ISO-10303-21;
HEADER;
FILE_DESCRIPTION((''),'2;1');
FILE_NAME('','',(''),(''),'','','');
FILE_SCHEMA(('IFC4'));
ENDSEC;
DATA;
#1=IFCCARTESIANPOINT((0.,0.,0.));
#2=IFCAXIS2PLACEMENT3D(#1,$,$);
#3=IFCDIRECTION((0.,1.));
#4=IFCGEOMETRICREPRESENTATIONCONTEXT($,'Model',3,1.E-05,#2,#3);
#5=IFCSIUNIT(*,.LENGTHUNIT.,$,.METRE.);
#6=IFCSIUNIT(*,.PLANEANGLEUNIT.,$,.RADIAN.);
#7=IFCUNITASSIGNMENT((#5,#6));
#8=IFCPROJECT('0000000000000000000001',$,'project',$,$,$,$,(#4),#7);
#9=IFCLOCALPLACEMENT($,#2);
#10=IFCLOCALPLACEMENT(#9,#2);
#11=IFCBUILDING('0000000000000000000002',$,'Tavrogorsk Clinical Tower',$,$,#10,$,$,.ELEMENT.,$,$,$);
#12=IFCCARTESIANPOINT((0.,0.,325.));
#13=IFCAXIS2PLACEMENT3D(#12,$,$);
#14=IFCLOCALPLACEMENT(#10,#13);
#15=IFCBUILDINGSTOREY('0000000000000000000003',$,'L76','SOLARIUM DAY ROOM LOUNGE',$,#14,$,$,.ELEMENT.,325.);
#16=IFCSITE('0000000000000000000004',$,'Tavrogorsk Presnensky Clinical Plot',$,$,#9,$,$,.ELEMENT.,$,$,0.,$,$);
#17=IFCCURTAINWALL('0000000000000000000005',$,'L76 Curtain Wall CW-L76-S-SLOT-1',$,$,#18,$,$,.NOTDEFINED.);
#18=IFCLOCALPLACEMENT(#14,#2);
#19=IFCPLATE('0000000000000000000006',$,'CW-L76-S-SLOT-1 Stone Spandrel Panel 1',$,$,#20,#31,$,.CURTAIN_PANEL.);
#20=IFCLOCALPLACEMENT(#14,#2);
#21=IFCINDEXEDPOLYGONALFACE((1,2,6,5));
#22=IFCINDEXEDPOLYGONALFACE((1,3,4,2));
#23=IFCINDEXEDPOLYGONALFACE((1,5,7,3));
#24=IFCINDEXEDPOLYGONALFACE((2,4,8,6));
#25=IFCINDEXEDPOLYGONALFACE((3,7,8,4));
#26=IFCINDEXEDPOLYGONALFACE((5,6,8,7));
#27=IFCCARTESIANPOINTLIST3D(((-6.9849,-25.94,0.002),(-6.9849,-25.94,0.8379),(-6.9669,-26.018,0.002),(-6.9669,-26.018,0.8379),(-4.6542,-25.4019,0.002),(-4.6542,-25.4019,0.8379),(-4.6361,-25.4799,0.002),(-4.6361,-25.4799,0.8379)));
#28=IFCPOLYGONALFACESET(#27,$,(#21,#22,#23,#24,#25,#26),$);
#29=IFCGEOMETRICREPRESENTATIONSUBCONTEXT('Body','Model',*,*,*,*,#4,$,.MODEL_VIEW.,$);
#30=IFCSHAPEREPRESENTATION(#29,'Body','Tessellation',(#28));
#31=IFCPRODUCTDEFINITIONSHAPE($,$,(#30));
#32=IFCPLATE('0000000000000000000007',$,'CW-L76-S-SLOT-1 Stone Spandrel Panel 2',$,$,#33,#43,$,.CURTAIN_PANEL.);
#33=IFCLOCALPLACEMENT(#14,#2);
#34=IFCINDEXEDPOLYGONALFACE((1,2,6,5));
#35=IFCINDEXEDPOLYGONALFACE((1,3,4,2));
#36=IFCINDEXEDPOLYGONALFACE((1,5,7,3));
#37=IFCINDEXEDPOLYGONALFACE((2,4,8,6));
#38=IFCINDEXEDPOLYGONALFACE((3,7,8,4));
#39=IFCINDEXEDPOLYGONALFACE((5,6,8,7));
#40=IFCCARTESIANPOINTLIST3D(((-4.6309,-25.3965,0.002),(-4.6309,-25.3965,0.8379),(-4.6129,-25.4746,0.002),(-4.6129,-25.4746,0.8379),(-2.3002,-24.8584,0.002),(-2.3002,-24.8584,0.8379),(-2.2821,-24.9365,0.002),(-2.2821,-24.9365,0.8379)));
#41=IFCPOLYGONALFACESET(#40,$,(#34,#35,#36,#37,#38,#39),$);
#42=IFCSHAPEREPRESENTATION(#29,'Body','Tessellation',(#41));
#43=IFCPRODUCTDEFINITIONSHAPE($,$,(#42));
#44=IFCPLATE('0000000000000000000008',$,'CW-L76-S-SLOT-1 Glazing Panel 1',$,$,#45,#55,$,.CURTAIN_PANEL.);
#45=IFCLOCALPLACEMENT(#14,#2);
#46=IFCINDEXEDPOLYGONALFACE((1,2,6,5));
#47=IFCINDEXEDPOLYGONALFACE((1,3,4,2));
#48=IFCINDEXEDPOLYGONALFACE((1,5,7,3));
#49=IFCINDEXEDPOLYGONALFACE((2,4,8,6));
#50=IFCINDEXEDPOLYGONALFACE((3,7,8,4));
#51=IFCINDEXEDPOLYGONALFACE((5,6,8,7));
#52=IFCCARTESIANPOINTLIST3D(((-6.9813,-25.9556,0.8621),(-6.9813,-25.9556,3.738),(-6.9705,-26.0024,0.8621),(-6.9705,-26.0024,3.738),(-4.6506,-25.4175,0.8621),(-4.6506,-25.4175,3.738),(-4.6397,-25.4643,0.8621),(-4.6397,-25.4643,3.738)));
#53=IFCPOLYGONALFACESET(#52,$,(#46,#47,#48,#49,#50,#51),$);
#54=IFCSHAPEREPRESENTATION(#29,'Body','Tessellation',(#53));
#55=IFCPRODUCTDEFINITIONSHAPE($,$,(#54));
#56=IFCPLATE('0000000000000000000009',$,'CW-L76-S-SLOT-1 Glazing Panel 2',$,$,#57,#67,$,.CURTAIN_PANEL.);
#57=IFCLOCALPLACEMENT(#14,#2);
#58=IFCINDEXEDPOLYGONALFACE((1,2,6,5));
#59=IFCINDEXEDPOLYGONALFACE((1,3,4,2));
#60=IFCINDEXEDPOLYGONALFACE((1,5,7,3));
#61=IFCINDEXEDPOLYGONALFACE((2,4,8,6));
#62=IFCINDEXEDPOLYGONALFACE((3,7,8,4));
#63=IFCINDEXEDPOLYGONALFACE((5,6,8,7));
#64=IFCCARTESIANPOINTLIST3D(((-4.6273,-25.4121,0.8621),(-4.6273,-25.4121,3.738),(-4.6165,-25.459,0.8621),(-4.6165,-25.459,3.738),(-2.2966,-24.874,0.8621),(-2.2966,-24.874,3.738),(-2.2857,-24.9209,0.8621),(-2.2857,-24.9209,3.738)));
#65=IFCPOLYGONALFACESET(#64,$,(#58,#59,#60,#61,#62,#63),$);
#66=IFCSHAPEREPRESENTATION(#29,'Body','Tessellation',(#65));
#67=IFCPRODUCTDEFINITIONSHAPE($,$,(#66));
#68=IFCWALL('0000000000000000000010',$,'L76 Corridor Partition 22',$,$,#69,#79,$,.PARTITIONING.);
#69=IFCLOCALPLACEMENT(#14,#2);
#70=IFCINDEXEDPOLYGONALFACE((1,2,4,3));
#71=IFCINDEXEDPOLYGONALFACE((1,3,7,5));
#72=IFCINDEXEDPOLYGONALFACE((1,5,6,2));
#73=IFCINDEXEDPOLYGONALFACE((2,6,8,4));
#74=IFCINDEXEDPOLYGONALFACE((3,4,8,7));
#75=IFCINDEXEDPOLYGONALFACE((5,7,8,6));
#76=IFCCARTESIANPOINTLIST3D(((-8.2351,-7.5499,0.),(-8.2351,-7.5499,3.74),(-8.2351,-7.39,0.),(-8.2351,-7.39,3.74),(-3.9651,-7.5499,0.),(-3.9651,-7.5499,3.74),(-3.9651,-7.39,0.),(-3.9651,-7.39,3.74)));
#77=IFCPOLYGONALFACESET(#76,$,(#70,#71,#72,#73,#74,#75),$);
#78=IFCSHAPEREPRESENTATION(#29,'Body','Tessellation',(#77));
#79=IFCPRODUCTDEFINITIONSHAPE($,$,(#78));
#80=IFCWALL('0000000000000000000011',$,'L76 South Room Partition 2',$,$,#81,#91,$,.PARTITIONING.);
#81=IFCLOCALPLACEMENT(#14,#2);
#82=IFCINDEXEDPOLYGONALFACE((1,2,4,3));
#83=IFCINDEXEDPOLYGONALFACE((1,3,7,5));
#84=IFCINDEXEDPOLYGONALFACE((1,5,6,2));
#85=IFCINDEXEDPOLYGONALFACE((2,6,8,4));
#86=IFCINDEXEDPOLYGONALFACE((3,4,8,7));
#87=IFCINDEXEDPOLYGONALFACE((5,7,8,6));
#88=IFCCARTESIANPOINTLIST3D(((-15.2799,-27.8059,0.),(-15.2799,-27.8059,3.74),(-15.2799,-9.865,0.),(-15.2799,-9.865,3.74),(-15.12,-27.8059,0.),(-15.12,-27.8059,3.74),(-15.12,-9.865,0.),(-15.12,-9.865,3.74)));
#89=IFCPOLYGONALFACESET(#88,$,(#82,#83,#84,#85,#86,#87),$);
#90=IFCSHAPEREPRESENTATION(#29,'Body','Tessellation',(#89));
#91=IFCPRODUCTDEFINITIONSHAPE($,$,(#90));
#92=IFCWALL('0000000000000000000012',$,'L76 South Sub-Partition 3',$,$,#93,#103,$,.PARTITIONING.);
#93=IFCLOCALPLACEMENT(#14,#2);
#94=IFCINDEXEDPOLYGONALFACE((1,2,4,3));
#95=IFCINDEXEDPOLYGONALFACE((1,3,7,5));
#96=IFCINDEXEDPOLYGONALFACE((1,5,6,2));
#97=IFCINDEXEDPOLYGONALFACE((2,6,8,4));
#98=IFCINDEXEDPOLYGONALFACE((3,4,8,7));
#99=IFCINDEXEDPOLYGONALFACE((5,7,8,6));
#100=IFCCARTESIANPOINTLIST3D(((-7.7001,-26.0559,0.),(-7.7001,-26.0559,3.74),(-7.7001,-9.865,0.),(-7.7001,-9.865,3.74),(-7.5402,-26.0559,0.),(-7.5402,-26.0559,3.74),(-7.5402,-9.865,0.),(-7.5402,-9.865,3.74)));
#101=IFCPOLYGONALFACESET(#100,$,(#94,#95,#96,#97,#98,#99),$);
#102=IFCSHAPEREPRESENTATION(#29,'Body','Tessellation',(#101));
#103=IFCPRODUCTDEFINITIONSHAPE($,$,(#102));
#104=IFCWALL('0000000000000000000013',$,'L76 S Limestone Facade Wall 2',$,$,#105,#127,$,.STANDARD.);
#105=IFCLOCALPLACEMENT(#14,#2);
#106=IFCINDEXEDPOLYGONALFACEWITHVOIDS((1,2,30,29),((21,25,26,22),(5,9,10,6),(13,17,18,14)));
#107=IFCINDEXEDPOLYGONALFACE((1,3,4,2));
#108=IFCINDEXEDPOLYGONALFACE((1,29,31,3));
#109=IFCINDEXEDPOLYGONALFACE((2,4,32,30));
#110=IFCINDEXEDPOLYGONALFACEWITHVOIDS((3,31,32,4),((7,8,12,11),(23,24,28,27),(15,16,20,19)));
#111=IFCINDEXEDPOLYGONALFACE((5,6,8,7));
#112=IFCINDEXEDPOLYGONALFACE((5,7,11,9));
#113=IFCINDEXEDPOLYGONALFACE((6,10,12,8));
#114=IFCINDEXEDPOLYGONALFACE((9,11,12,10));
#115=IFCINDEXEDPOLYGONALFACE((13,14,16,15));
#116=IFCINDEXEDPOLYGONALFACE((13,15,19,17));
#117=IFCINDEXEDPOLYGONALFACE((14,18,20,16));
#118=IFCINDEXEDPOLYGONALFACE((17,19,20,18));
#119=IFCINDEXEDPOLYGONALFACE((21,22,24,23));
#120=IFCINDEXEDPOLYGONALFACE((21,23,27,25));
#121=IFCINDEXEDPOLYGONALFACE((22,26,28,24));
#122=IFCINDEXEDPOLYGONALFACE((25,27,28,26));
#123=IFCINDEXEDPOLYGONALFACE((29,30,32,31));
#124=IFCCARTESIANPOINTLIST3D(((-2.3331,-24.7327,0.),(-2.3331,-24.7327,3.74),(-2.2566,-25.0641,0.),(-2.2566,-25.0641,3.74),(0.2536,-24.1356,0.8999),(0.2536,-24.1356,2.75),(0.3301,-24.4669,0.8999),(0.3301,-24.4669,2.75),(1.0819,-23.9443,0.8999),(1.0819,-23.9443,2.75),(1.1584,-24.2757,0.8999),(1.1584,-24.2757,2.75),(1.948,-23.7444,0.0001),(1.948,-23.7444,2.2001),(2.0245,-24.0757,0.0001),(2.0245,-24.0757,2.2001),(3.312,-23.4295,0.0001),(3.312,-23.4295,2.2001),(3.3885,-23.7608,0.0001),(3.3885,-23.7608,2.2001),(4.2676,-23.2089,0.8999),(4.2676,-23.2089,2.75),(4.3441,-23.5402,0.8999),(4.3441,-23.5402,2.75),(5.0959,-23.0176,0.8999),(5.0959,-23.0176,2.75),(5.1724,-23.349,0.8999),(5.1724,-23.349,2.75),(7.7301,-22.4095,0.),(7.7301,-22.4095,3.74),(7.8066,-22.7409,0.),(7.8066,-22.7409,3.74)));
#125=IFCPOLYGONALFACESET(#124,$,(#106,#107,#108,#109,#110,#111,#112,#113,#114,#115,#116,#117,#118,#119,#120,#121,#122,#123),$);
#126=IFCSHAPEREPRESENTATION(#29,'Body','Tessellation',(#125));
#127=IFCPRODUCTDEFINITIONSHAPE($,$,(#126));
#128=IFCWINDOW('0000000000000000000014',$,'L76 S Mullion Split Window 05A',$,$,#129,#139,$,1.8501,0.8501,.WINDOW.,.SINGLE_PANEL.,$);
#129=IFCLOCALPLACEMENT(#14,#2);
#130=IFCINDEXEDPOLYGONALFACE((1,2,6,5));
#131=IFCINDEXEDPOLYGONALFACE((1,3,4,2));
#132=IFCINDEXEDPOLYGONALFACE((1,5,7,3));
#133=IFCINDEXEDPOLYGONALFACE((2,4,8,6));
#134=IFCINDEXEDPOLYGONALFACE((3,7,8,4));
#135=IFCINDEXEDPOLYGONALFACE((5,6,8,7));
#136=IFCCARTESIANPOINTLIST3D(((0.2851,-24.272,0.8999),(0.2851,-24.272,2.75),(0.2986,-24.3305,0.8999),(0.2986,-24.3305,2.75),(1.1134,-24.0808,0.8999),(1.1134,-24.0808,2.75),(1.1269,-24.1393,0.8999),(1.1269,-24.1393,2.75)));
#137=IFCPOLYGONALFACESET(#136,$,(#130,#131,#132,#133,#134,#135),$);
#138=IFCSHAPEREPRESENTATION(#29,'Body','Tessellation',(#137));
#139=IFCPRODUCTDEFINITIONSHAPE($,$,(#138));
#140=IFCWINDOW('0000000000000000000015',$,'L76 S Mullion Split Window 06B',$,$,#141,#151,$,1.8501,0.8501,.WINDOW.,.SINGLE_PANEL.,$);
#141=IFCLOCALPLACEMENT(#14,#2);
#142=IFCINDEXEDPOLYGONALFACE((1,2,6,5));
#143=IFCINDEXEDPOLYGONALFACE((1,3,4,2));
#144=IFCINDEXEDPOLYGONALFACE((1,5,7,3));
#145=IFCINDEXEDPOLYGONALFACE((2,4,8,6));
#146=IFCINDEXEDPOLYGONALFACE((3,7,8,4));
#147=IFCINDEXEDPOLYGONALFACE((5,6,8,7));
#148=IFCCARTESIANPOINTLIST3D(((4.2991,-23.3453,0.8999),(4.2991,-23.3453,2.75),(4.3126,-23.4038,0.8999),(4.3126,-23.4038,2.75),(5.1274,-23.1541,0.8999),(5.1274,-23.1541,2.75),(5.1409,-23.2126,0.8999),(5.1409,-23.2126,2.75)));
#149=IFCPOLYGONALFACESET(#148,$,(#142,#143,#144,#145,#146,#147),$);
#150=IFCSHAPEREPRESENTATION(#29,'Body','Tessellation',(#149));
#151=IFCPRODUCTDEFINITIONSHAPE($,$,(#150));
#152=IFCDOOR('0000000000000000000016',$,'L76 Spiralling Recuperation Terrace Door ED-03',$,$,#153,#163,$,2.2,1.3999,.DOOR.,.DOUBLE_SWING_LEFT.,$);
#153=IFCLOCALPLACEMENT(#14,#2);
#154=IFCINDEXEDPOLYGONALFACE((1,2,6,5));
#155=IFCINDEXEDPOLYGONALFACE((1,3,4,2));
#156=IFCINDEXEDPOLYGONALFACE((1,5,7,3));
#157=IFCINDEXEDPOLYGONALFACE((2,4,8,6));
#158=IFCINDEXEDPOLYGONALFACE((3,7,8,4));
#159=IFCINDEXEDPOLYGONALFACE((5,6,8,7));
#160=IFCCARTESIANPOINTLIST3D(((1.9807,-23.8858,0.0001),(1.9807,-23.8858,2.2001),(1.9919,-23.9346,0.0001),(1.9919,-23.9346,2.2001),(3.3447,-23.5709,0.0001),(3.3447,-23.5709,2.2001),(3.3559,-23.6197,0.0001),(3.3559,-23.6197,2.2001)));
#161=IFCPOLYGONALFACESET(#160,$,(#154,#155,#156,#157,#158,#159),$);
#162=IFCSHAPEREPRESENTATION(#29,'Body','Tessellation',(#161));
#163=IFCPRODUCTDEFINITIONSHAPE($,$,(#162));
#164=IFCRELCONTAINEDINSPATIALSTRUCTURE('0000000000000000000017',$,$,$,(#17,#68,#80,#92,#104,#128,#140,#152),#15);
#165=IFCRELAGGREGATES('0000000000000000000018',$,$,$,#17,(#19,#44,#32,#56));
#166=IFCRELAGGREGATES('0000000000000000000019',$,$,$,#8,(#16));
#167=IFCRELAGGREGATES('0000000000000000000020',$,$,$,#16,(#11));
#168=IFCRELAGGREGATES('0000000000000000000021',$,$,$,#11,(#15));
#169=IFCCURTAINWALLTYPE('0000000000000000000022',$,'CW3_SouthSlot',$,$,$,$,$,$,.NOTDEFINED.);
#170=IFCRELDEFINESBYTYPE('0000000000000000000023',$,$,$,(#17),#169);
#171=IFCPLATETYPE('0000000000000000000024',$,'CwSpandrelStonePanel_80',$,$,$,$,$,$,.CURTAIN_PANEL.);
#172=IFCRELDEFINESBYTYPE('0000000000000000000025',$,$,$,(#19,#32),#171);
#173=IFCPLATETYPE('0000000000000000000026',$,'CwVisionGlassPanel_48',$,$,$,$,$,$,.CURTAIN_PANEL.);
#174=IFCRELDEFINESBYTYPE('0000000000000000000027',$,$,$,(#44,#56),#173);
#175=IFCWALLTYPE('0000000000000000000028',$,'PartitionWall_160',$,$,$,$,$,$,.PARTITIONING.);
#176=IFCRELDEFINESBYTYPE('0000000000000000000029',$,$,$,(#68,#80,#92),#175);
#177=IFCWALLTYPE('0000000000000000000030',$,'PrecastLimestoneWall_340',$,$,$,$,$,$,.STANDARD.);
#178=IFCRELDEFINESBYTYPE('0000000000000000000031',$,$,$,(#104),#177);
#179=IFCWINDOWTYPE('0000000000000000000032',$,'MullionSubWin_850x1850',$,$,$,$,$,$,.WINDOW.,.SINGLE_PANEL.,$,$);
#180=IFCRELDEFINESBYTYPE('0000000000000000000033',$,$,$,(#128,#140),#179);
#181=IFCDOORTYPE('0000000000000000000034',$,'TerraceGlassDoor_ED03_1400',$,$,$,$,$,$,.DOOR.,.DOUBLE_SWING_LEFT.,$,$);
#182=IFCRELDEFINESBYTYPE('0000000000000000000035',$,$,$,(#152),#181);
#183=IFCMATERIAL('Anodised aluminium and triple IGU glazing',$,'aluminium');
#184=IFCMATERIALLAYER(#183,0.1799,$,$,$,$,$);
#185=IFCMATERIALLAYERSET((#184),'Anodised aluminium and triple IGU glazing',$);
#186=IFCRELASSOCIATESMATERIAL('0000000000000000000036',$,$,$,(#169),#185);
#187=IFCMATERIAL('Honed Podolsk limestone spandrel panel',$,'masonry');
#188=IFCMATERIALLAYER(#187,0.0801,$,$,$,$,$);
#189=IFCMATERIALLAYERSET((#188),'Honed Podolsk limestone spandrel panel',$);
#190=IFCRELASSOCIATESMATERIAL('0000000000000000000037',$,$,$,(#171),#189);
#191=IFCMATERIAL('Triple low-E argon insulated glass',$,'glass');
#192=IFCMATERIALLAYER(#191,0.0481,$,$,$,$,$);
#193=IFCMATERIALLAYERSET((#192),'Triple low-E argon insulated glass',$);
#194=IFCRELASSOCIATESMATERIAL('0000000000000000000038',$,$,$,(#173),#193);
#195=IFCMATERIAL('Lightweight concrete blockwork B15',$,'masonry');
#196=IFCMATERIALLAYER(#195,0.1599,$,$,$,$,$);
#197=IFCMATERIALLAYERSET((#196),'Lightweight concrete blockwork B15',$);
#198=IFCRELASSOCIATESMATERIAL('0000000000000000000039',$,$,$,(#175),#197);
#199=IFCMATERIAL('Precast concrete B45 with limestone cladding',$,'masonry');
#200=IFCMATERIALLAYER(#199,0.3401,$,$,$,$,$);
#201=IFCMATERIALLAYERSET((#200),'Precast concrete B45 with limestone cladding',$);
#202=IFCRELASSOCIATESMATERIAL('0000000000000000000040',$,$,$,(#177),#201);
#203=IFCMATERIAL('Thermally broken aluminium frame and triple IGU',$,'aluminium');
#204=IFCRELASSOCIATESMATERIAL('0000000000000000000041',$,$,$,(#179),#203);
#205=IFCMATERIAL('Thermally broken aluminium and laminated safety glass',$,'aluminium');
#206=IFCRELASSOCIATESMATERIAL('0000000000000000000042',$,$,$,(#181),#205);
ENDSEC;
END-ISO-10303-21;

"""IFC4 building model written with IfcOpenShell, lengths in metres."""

from ifc_helpers import new_model, si_unit, direction, frame, frame_2d, origin, origin_2d, place, context, subcontext, project, spatial, rectangle, extrude, material, layer, layer_set, type_object, element, fill, aggregate, save


model = new_model("IFC4")

# Units and contexts
model_context = context("Model", 3, precision=1e-05, world=origin(), true_north=direction((0.0, 1.0)))
body_context = subcontext(model_context, "Body", "Model", "MODEL_VIEW")
ifc_project = project(units=[si_unit("LENGTHUNIT", "METRE"), si_unit("PLANEANGLEUNIT", "RADIAN")], contexts=[model_context])

# Site, building, storey
site_placement = place(None, origin())
site = spatial("IfcSite", under=ifc_project, at=site_placement, Name="Tavrogorsk Presnensky Clinical Plot", CompositionType="ELEMENT", RefElevation=0.0)
building_placement = place(site_placement, origin())
building = spatial("IfcBuilding", under=site, at=building_placement, Name="Tavrogorsk Clinical Tower", CompositionType="ELEMENT")
storey_placement = place(building_placement, frame((0.0, 0.0, 325.0)))
storey = spatial("IfcBuildingStorey", under=building, at=storey_placement, Name="L76", Description="SOLARIUM DAY ROOM LOUNGE", CompositionType="ELEMENT", Elevation=325.0)

# Curtain wall
ifc_material_1 = material(Name="Anodised aluminium and triple IGU glazing", Category="aluminium")
ifc_layer_1 = layer(ifc_material_1, 0.1799)
ifc_layer_set_1 = layer_set([ifc_layer_1], Name="Anodised aluminium and triple IGU glazing")
curtain_wall_type = type_object("IfcCurtainWallType", Name="CW3_SouthSlot", PredefinedType="NOTDEFINED", material=ifc_layer_set_1)
curtain_wall_placement = place(storey_placement, origin())
curtain_wall = element("IfcCurtainWall", 1, at=curtain_wall_placement, inside=storey, type_object=curtain_wall_type, Name="L76 Curtain Wall CW-L76-S-SLOT-1", PredefinedType="NOTDEFINED")

# Plates
ifc_material_2 = material(Name="Honed Podolsk limestone spandrel panel", Category="masonry")
ifc_layer_2 = layer(ifc_material_2, 0.0801)
ifc_layer_set_2 = layer_set([ifc_layer_2], Name="Honed Podolsk limestone spandrel panel")
plate_type_1 = type_object("IfcPlateType", Name="CwSpandrelStonePanel_80", PredefinedType="CURTAIN_PANEL", material=ifc_layer_set_2)
plate_1_placement = place(storey_placement, frame((-5.8105, -25.71, 0.002), z_axis=(0.0, 0.0, 1.0), x_axis=(0.97437, 0.224951, 0.0)))
plate_1 = element("IfcPlate", 2, at=plate_1_placement, type_object=plate_type_1, Name="CW-L76-S-SLOT-1 Stone Spandrel Panel 1", PredefinedType="CURTAIN_PANEL", context=body_context, shape_type="SweptSolid", body=[
    extrude(rectangle(XDim=2.3921, YDim=0.0801, at=origin_2d()), origin(), (0.0, 0.0, 1.0), 0.8359),
])
plate_2_placement = place(storey_placement, frame((-3.4565, -25.1665, 0.002), z_axis=(0.0, 0.0, 1.0), x_axis=(0.97437, 0.224951, 0.0)))
plate_2 = element("IfcPlate", 3, at=plate_2_placement, type_object=plate_type_1, Name="CW-L76-S-SLOT-1 Stone Spandrel Panel 2", PredefinedType="CURTAIN_PANEL", context=body_context, shape_type="SweptSolid", body=[
    extrude(rectangle(XDim=2.3921, YDim=0.0801, at=origin_2d()), origin(), (0.0, 0.0, 1.0), 0.8359),
])
ifc_material_3 = material(Name="Triple low-E argon insulated glass", Category="glass")
ifc_layer_3 = layer(ifc_material_3, 0.0481)
ifc_layer_set_3 = layer_set([ifc_layer_3], Name="Triple low-E argon insulated glass")
plate_type_2 = type_object("IfcPlateType", Name="CwVisionGlassPanel_48", PredefinedType="CURTAIN_PANEL", material=ifc_layer_set_3)
plate_3_placement = place(storey_placement, frame((-5.8105, -25.71, 0.8621), z_axis=(0.0, 0.0, 1.0), x_axis=(0.97437, 0.224951, 0.0)))
plate_3 = element("IfcPlate", 4, at=plate_3_placement, type_object=plate_type_2, Name="CW-L76-S-SLOT-1 Glazing Panel 1", PredefinedType="CURTAIN_PANEL", context=body_context, shape_type="SweptSolid", body=[
    extrude(rectangle(XDim=2.3921, YDim=0.0481, at=origin_2d()), origin(), (0.0, 0.0, 1.0), 2.876),
])
plate_4_placement = place(storey_placement, frame((-3.4565, -25.1665, 0.8621), z_axis=(0.0, 0.0, 1.0), x_axis=(0.97437, 0.224951, 0.0)))
plate_4 = element("IfcPlate", 5, at=plate_4_placement, type_object=plate_type_2, Name="CW-L76-S-SLOT-1 Glazing Panel 2", PredefinedType="CURTAIN_PANEL", context=body_context, shape_type="SweptSolid", body=[
    extrude(rectangle(XDim=2.3921, YDim=0.0481, at=origin_2d()), origin(), (0.0, 0.0, 1.0), 2.876),
])
aggregate(curtain_wall, [plate_1, plate_3, plate_2, plate_4])

# Walls
ifc_material_4 = material(Name="Lightweight concrete blockwork B15", Category="masonry")
ifc_layer_4 = layer(ifc_material_4, 0.1599)
ifc_layer_set_4 = layer_set([ifc_layer_4], Name="Lightweight concrete blockwork B15")
wall_type_1 = type_object("IfcWallType", Name="PartitionWall_160", PredefinedType="PARTITIONING", material=ifc_layer_set_4)
wall_1_placement = place(storey_placement, frame((-8.2351, -7.47, 0.0), z_axis=(0.0, 0.0, 1.0), x_axis=(1.0, 0.0, 0.0)))
element("IfcWall", 6, at=wall_1_placement, inside=storey, type_object=wall_type_1, Name="L76 Corridor Partition 22", PredefinedType="PARTITIONING", context=body_context, shape_type="SweptSolid", body=[
    extrude(rectangle(XDim=4.27, YDim=0.1599, at=frame_2d((2.135, 0.0))), origin(), (0.0, 0.0, 1.0), 3.74),
])
wall_2_placement = place(storey_placement, frame((-15.2, -27.8059, 0.0), z_axis=(0.0, 0.0, 1.0), x_axis=(0.0, 1.0, 0.0)))
element("IfcWall", 7, at=wall_2_placement, inside=storey, type_object=wall_type_1, Name="L76 South Room Partition 2", PredefinedType="PARTITIONING", context=body_context, shape_type="SweptSolid", body=[
    extrude(rectangle(XDim=17.9409, YDim=0.1599, at=frame_2d((8.9705, 0.0))), origin(), (0.0, 0.0, 1.0), 3.74),
])
wall_3_placement = place(storey_placement, frame((-7.6201, -26.0559, 0.0), z_axis=(0.0, 0.0, 1.0), x_axis=(0.0, 1.0, 0.0)))
element("IfcWall", 8, at=wall_3_placement, inside=storey, type_object=wall_type_1, Name="L76 South Sub-Partition 3", PredefinedType="PARTITIONING", context=body_context, shape_type="SweptSolid", body=[
    extrude(rectangle(XDim=16.1909, YDim=0.1599, at=frame_2d((8.0955, 0.0))), origin(), (0.0, 0.0, 1.0), 3.74),
])

# Wall, openings, windows, door
ifc_material_5 = material(Name="Precast concrete B45 with limestone cladding", Category="masonry")
ifc_layer_5 = layer(ifc_material_5, 0.3401)
ifc_layer_set_5 = layer_set([ifc_layer_5], Name="Precast concrete B45 with limestone cladding")
wall_type_2 = type_object("IfcWallType", Name="PrecastLimestoneWall_340", PredefinedType="STANDARD", material=ifc_layer_set_5)
wall_4_placement = place(storey_placement, frame((-2.2949, -24.8984, 0.0), z_axis=(0.0, 0.0, 1.0), x_axis=(0.974371, 0.224948, 0.0)))
wall_4 = element("IfcWall", 9, at=wall_4_placement, inside=storey, type_object=wall_type_2, Name="L76 S Limestone Facade Wall 2", PredefinedType="STANDARD", context=body_context, shape_type="SweptSolid", body=[
    extrude(rectangle(XDim=10.3279, YDim=0.3401, at=frame_2d((5.1641, 0.0))), origin(), (0.0, 0.0, 1.0), 3.74),
])
opening_1_placement = place(wall_4_placement, frame((4.3938, 0.0, 0.0)))
opening_1 = element("IfcOpeningElement", 10, at=opening_1_placement, cuts=wall_4, PredefinedType="OPENING", context=body_context, shape_type="SweptSolid", body=[
    extrude(rectangle(XDim=1.3999, YDim=2.2, at=frame_2d((0.7, 1.1001))), frame((0.0, 0.1799, 0.0), z_axis=(0.0, -1.0, 0.0), x_axis=(1.0, 0.0, 0.0)), (0.0, 0.0, 1.0), 0.3601),
])
opening_2_placement = place(wall_4_placement, frame((2.6548, 0.0, 0.8999)))
opening_2 = element("IfcOpeningElement", 11, at=opening_2_placement, cuts=wall_4, PredefinedType="OPENING", context=body_context, shape_type="SweptSolid", body=[
    extrude(rectangle(XDim=0.8501, YDim=1.8501, at=frame_2d((0.425, 0.925))), frame((0.0, 0.1799, 0.0), z_axis=(0.0, -1.0, 0.0), x_axis=(1.0, 0.0, 0.0)), (0.0, 0.0, 1.0), 0.3601),
])
opening_3_placement = place(wall_4_placement, frame((6.7744, 0.0, 0.8999)))
opening_3 = element("IfcOpeningElement", 12, at=opening_3_placement, cuts=wall_4, PredefinedType="OPENING", context=body_context, shape_type="SweptSolid", body=[
    extrude(rectangle(XDim=0.8501, YDim=1.8501, at=frame_2d((0.425, 0.925))), frame((0.0, 0.1799, 0.0), z_axis=(0.0, -1.0, 0.0), x_axis=(1.0, 0.0, 0.0)), (0.0, 0.0, 1.0), 0.3601),
])
ifc_material_6 = material(Name="Thermally broken aluminium frame and triple IGU", Category="aluminium")
window_type = type_object("IfcWindowType", Name="MullionSubWin_850x1850", PartitioningType="SINGLE_PANEL", PredefinedType="WINDOW", material=ifc_material_6)
window_1_placement = place(opening_2_placement, origin())
window_1 = element("IfcWindow", 13, at=window_1_placement, inside=storey, type_object=window_type, Name="L76 S Mullion Split Window 05A", OverallHeight=1.8501, OverallWidth=0.8501, PartitioningType="SINGLE_PANEL", PredefinedType="WINDOW", context=body_context, shape_type="SweptSolid", body=[
    extrude(rectangle(XDim=0.8501, YDim=1.8501, at=frame_2d((0.425, 0.925))), frame((0.0, 0.03, 0.0), z_axis=(0.0, -1.0, 0.0), x_axis=(1.0, 0.0, 0.0)), (0.0, 0.0, 1.0), 0.0601),
])
fill(opening_2, window_1)
window_2_placement = place(opening_3_placement, origin())
window_2 = element("IfcWindow", 14, at=window_2_placement, inside=storey, type_object=window_type, Name="L76 S Mullion Split Window 06B", OverallHeight=1.8501, OverallWidth=0.8501, PartitioningType="SINGLE_PANEL", PredefinedType="WINDOW", context=body_context, shape_type="SweptSolid", body=[
    extrude(rectangle(XDim=0.8501, YDim=1.8501, at=frame_2d((0.425, 0.925))), frame((0.0, 0.03, 0.0), z_axis=(0.0, -1.0, 0.0), x_axis=(1.0, 0.0, 0.0)), (0.0, 0.0, 1.0), 0.0601),
])
fill(opening_3, window_2)
ifc_material_7 = material(Name="Thermally broken aluminium and laminated safety glass", Category="aluminium")
door_type = type_object("IfcDoorType", Name="TerraceGlassDoor_ED03_1400", OperationType="DOUBLE_SWING_LEFT", PredefinedType="DOOR", material=ifc_material_7)
door_placement = place(opening_1_placement, origin())
door = element("IfcDoor", 15, at=door_placement, inside=storey, type_object=door_type, Name="L76 Spiralling Recuperation Terrace Door ED-03", OperationType="DOUBLE_SWING_LEFT", OverallHeight=2.2, OverallWidth=1.3999, PredefinedType="DOOR", context=body_context, shape_type="SweptSolid", body=[
    extrude(rectangle(XDim=1.3999, YDim=2.2, at=frame_2d((0.7, 1.1001))), frame((0.0, 0.0249, 0.0), z_axis=(0.0, -1.0, 0.0), x_axis=(1.0, 0.0, 0.0)), (0.0, 0.0, 1.0), 0.05),
])
fill(opening_1, door)

save(model, "model.ifc")
